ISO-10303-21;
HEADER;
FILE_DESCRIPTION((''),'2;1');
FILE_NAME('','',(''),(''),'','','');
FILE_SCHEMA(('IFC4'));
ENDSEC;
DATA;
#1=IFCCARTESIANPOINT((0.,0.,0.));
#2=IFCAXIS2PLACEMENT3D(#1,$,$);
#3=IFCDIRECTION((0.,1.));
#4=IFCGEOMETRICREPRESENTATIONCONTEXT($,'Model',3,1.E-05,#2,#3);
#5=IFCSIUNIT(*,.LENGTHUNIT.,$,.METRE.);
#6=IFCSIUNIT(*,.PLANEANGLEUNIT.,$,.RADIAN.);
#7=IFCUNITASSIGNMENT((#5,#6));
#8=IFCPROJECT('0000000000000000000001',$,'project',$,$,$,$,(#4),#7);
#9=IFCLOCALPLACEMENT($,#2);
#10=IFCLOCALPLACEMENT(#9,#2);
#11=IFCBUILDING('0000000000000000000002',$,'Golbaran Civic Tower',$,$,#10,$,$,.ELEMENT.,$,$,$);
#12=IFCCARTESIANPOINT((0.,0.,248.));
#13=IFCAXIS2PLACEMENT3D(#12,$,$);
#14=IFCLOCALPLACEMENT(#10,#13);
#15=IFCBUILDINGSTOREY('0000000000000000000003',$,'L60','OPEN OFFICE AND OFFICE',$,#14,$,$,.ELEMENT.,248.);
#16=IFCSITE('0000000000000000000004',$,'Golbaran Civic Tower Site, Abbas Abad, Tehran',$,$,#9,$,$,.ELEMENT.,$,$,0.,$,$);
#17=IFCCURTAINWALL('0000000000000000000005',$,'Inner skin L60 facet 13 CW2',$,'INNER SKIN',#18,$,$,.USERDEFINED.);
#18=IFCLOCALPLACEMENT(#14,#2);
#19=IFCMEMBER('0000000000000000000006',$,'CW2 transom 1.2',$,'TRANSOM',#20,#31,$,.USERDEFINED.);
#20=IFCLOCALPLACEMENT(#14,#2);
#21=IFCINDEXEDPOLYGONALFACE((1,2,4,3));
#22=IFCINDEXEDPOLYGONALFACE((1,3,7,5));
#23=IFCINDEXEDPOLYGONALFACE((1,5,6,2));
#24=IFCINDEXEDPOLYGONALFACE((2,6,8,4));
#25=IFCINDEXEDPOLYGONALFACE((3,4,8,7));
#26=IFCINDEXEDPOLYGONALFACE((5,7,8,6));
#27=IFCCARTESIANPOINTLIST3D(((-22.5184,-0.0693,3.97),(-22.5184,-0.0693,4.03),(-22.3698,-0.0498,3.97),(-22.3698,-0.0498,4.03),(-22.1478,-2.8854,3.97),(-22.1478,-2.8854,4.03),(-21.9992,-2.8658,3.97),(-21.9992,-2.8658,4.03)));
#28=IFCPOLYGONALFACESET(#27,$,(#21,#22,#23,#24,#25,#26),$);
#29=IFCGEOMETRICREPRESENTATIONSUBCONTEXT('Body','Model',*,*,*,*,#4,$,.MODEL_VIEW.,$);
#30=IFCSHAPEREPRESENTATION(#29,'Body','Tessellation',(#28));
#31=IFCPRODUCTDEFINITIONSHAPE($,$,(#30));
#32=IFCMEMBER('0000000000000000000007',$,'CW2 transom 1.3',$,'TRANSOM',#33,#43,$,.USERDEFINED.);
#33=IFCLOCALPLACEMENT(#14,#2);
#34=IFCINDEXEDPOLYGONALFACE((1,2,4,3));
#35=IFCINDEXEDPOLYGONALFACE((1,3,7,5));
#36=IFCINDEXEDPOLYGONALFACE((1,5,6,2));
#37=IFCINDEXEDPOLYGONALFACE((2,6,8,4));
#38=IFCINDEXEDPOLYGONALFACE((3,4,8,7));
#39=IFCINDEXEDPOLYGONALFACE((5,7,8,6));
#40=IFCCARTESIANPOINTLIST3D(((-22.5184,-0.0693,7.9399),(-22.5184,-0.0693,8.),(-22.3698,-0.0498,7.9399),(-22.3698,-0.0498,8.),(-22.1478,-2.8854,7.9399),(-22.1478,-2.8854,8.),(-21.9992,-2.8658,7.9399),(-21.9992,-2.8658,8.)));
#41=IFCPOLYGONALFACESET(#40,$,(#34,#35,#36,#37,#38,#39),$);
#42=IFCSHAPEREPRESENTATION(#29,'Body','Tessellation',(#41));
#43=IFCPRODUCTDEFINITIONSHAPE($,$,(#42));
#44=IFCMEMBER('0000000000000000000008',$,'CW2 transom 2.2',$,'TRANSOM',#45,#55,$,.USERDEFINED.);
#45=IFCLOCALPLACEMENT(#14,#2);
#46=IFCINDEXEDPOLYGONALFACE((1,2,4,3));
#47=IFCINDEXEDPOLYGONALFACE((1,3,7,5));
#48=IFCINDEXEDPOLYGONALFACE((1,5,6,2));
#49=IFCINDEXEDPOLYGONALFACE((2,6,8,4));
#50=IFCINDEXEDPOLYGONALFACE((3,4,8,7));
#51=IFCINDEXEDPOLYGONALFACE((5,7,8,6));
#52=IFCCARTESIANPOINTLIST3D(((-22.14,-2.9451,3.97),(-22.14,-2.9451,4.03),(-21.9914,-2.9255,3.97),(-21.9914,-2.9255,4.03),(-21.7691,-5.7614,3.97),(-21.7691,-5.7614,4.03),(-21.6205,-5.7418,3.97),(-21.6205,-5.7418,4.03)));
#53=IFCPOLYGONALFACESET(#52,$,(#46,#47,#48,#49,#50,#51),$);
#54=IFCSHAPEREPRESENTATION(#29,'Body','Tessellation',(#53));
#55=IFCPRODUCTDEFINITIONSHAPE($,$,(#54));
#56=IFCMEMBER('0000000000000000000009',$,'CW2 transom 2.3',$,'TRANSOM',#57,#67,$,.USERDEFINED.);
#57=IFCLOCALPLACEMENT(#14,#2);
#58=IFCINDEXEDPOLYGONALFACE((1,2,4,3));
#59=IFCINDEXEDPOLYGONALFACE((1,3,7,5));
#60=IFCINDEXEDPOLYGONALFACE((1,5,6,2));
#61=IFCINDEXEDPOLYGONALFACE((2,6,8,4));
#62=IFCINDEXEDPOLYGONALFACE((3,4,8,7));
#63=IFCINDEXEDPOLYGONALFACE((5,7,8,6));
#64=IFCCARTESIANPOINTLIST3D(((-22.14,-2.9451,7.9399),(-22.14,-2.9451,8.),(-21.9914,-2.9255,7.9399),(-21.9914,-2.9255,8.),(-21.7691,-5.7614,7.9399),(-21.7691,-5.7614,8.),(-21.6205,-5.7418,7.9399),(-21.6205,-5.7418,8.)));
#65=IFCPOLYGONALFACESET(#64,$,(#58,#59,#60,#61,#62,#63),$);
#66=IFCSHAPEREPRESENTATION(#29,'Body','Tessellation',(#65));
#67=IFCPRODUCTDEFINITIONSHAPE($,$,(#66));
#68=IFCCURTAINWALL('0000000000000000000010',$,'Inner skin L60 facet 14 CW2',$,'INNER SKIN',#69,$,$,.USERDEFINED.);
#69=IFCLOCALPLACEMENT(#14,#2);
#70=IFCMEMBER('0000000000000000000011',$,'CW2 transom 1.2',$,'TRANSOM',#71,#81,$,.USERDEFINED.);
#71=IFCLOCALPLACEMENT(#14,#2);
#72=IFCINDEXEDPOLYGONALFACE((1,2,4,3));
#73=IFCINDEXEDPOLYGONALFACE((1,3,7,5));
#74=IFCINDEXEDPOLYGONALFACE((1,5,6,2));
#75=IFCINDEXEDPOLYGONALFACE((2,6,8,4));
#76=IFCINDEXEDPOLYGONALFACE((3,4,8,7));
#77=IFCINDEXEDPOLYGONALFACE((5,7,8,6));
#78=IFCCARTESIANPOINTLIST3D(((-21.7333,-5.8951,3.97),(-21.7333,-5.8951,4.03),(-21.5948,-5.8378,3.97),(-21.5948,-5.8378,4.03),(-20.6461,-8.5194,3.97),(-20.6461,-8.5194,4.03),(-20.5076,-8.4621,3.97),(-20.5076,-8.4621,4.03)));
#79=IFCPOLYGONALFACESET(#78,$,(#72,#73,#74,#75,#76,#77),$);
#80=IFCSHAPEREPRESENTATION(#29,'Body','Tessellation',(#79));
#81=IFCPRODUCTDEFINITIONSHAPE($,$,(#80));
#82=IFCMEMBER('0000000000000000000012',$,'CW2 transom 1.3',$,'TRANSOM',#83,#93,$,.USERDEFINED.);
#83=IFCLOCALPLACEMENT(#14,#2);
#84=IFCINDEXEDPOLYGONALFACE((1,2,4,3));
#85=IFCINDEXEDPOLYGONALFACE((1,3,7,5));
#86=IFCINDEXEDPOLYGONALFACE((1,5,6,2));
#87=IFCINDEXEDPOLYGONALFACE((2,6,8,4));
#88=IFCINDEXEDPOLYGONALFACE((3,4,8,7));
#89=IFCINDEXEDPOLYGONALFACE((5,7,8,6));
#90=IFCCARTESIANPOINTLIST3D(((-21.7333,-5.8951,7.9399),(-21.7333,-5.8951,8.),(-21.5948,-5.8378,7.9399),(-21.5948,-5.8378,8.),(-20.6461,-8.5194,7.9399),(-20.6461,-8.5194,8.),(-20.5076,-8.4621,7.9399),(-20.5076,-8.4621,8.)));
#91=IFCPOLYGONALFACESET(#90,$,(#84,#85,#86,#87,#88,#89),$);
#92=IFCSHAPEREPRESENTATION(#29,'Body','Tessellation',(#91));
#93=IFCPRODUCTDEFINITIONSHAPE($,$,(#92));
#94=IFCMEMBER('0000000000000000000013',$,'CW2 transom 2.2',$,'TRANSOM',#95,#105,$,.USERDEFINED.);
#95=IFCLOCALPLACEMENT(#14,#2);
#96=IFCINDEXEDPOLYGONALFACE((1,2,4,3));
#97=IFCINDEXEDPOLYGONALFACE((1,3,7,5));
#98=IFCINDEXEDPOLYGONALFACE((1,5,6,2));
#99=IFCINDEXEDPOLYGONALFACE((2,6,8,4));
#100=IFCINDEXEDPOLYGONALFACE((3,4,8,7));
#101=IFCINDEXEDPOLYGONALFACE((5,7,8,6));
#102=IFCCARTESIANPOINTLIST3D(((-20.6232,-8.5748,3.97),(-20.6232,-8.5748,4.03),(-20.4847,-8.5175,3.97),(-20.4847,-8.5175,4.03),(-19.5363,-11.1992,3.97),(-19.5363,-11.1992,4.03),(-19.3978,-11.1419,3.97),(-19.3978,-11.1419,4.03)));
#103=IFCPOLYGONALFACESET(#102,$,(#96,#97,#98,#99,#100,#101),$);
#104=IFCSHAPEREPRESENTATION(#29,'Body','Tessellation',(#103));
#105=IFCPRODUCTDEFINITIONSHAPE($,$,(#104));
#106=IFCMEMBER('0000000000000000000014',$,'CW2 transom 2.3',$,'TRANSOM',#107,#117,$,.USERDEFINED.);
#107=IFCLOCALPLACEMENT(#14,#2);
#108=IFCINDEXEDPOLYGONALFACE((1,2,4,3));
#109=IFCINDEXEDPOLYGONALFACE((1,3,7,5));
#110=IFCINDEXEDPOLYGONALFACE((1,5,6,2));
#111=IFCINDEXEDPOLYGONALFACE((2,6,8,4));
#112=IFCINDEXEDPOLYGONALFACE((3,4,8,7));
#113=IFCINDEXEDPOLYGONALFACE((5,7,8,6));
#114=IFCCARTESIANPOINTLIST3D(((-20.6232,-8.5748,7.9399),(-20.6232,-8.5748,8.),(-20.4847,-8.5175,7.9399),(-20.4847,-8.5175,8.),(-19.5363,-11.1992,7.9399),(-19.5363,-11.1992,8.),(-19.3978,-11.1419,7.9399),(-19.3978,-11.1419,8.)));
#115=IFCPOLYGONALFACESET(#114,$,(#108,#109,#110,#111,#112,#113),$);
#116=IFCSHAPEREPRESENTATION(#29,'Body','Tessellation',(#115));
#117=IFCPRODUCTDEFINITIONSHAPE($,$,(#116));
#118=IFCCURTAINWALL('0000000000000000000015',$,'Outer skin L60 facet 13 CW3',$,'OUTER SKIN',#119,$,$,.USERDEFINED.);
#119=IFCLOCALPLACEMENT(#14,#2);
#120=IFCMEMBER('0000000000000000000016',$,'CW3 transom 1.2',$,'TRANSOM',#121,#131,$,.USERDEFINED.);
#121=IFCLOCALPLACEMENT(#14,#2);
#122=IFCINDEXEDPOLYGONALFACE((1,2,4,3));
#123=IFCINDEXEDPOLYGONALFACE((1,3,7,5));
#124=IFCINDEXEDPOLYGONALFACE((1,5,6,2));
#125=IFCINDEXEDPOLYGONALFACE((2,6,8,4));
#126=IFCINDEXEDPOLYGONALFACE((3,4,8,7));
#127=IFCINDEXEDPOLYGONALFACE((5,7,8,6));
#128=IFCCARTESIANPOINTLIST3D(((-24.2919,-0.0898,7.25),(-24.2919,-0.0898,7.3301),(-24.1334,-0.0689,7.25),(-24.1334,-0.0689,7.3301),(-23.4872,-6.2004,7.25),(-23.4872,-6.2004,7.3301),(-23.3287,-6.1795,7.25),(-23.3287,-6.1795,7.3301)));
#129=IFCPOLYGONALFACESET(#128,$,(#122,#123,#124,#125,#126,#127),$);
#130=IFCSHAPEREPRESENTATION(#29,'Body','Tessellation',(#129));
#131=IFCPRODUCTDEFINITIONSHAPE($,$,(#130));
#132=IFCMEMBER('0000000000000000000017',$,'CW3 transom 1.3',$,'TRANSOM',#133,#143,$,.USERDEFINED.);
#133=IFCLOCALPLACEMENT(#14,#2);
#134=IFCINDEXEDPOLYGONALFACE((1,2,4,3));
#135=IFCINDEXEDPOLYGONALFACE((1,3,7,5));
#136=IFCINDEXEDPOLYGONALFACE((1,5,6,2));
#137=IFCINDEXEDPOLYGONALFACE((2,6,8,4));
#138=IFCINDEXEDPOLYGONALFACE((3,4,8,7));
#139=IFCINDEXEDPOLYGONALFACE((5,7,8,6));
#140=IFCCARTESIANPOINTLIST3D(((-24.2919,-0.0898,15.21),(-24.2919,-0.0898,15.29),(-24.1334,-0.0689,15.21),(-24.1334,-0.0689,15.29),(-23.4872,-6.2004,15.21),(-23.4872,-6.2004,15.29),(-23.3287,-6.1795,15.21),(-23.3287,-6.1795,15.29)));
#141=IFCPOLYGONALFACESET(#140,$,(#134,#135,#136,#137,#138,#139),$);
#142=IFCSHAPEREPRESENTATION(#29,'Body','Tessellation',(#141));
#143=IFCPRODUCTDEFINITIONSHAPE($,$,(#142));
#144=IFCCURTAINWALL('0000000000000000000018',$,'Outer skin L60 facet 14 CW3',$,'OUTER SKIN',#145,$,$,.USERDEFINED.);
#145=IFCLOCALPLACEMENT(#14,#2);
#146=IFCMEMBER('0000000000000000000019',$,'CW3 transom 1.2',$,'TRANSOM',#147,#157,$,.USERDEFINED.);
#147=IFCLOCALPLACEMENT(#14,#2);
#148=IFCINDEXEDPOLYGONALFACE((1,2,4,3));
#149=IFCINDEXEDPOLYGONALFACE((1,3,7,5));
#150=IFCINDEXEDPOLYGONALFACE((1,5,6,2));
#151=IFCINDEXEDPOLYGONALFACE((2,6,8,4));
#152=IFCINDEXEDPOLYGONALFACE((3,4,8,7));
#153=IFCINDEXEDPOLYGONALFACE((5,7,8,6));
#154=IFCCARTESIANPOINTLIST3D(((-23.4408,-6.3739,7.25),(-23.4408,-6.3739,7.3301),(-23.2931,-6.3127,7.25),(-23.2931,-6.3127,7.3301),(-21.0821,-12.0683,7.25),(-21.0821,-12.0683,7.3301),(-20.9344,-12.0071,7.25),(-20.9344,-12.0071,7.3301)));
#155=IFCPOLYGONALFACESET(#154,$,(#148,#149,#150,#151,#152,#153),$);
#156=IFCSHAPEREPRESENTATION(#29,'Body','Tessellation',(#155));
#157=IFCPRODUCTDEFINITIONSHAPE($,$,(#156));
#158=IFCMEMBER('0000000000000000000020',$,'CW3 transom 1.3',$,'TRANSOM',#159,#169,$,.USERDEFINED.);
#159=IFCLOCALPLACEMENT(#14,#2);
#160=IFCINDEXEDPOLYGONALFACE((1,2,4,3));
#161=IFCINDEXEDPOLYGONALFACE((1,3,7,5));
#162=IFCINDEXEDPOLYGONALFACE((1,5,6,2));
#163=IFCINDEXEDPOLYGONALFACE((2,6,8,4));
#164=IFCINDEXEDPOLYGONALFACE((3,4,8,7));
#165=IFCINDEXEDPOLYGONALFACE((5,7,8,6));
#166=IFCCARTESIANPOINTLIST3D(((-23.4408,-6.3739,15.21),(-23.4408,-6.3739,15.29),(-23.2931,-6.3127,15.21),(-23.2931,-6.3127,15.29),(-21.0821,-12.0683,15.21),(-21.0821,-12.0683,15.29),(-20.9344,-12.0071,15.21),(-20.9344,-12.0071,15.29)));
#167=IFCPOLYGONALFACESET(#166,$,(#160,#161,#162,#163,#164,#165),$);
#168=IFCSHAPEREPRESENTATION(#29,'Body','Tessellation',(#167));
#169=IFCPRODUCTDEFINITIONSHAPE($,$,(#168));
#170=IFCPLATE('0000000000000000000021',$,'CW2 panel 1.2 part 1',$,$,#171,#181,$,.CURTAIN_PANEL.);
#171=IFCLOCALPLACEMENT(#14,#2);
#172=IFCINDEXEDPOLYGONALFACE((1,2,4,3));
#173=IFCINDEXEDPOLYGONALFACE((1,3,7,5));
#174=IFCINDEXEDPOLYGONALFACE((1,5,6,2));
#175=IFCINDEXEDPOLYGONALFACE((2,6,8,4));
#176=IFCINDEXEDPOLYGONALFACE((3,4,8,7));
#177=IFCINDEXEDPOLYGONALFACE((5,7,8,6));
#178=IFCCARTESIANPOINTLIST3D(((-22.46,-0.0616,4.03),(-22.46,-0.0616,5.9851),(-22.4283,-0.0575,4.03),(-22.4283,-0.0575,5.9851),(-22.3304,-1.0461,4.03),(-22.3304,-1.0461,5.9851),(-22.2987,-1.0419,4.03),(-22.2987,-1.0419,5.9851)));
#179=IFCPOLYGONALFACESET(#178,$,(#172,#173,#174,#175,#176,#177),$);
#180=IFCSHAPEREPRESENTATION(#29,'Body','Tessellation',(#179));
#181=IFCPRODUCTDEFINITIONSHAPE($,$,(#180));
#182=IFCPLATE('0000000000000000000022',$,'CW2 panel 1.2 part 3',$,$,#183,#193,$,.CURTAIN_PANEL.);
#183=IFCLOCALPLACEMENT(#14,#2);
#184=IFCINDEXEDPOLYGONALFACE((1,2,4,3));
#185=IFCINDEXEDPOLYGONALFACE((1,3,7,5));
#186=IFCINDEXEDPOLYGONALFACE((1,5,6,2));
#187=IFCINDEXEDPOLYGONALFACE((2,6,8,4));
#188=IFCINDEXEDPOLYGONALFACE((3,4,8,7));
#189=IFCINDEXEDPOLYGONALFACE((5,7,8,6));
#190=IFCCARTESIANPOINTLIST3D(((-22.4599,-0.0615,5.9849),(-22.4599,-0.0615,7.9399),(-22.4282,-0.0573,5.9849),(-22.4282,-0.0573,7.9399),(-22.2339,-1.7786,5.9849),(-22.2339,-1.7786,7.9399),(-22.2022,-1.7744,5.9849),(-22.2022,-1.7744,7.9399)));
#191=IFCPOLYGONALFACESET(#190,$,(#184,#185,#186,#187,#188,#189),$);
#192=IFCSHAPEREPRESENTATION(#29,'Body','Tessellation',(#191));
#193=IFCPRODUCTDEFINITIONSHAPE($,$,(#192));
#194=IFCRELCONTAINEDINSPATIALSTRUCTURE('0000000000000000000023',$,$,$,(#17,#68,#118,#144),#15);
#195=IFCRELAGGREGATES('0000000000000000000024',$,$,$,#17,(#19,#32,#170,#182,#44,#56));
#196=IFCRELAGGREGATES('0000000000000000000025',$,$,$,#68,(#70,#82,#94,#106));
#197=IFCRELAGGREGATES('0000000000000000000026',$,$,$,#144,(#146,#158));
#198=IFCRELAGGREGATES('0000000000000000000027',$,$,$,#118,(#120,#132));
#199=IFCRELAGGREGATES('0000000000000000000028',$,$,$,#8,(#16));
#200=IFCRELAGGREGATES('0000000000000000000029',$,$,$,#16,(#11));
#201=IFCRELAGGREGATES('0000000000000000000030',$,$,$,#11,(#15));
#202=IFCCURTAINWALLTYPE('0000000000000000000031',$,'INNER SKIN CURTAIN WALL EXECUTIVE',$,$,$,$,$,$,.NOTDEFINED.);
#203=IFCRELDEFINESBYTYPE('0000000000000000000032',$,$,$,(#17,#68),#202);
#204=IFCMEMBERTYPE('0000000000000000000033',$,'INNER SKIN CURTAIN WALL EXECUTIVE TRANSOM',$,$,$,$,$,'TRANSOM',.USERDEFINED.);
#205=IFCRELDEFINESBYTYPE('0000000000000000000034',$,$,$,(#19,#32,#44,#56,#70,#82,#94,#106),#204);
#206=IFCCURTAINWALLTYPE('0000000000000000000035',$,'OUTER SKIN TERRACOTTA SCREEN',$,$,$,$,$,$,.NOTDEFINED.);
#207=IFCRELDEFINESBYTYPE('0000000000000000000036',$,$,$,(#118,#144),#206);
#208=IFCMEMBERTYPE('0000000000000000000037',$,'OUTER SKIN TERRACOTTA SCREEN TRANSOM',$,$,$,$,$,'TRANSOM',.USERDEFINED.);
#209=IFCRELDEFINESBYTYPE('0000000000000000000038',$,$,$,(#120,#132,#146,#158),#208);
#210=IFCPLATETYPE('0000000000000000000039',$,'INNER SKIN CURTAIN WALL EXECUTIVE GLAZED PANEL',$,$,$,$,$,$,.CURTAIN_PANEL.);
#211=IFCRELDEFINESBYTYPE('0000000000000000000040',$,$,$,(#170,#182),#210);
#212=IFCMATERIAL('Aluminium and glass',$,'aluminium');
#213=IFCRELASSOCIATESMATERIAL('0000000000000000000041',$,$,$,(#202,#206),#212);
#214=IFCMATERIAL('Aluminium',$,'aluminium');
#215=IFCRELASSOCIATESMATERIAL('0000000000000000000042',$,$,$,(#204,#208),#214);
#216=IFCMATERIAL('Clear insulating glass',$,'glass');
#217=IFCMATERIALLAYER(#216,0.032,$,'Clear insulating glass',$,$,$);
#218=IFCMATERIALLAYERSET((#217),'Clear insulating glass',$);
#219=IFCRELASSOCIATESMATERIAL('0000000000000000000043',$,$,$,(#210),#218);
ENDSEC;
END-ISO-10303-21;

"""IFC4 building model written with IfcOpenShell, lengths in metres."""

from ifc_helpers import new_model, si_unit, direction, frame, origin, origin_2d, place, context, subcontext, project, spatial, rectangle, extrude, material, layer, layer_set, material_profile, profile_set, type_object, element, aggregate, save


model = new_model("IFC4")

# Units and contexts
model_context = context("Model", 3, precision=1e-05, world=origin(), true_north=direction((0.0, 1.0)))
body_context = subcontext(model_context, "Body", "Model", "MODEL_VIEW")
ifc_project = project(units=[si_unit("LENGTHUNIT", "METRE"), si_unit("PLANEANGLEUNIT", "RADIAN")], contexts=[model_context])

# Site, building, storey
site_placement = place(None, origin())
site = spatial("IfcSite", under=ifc_project, at=site_placement, Name="Golbaran Civic Tower Site, Abbas Abad, Tehran", CompositionType="ELEMENT", RefElevation=0.0)
building_placement = place(site_placement, origin())
building = spatial("IfcBuilding", under=site, at=building_placement, Name="Golbaran Civic Tower", CompositionType="ELEMENT")
storey_placement = place(building_placement, frame((0.0, 0.0, 248.0)))
storey = spatial("IfcBuildingStorey", under=building, at=storey_placement, Name="L60", Description="OPEN OFFICE AND OFFICE", CompositionType="ELEMENT", Elevation=248.0)

# Curtain walls, members
ifc_material_1 = material(Name="Aluminium and glass", Category="aluminium")
curtain_wall_type_1 = type_object("IfcCurtainWallType", Name="INNER SKIN CURTAIN WALL EXECUTIVE", PredefinedType="NOTDEFINED", material=ifc_material_1)
curtain_wall_1_placement = place(storey_placement, origin())
curtain_wall_1 = element("IfcCurtainWall", 1, at=curtain_wall_1_placement, inside=storey, type_object=curtain_wall_type_1, Name="Inner skin L60 facet 13 CW2", ObjectType="INNER SKIN", PredefinedType="USERDEFINED")
ifc_material_2 = material(Name="Aluminium", Category="aluminium")
ifc_material_profile_1 = material_profile(ifc_material_2, rectangle(XDim=0.1499, YDim=0.0601, at=origin_2d()), Name="INNER SKIN CURTAIN WALL EXECUTIVE TRANSOM")
ifc_profile_set_1 = profile_set([ifc_material_profile_1], Name="Aluminium")
member_type_1 = type_object("IfcMemberType", Name="INNER SKIN CURTAIN WALL EXECUTIVE TRANSOM", ElementType="TRANSOM", PredefinedType="USERDEFINED", material=ifc_profile_set_1)
member_1_placement = place(storey_placement, frame((-22.4441, -0.0596, 4.0), z_axis=(0.130475, -0.991452, 0.0), x_axis=(0.991452, 0.130475, 0.0)))
member_1 = element("IfcMember", 2, at=member_1_placement, type_object=member_type_1, Name="CW2 transom 1.2", ObjectType="TRANSOM", PredefinedType="USERDEFINED", context=body_context, shape_type="SweptSolid", body=[
    extrude(rectangle(XDim=0.1499, YDim=0.0601, at=origin_2d()), origin(), (0.0, 0.0, 1.0), 2.8403),
])
member_2_placement = place(storey_placement, frame((-22.4441, -0.0596, 7.97), z_axis=(0.130475, -0.991452, 0.0), x_axis=(0.991452, 0.130475, 0.0)))
member_2 = element("IfcMember", 3, at=member_2_placement, type_object=member_type_1, Name="CW2 transom 1.3", ObjectType="TRANSOM", PredefinedType="USERDEFINED", context=body_context, shape_type="SweptSolid", body=[
    extrude(rectangle(XDim=0.1499, YDim=0.0601, at=origin_2d()), origin(), (0.0, 0.0, 1.0), 2.8403),
])
member_3_placement = place(storey_placement, frame((-22.0657, -2.9353, 4.0), z_axis=(0.130559, -0.991441, 0.0), x_axis=(0.991441, 0.130559, 0.0)))
member_3 = element("IfcMember", 4, at=member_3_placement, type_object=member_type_1, Name="CW2 transom 2.2", ObjectType="TRANSOM", PredefinedType="USERDEFINED", context=body_context, shape_type="SweptSolid", body=[
    extrude(rectangle(XDim=0.1499, YDim=0.0601, at=origin_2d()), origin(), (0.0, 0.0, 1.0), 2.8406),
])
member_4_placement = place(storey_placement, frame((-22.0657, -2.9353, 7.97), z_axis=(0.130559, -0.991441, 0.0), x_axis=(0.991441, 0.130559, 0.0)))
member_4 = element("IfcMember", 5, at=member_4_placement, type_object=member_type_1, Name="CW2 transom 2.3", ObjectType="TRANSOM", PredefinedType="USERDEFINED", context=body_context, shape_type="SweptSolid", body=[
    extrude(rectangle(XDim=0.1499, YDim=0.0601, at=origin_2d()), origin(), (0.0, 0.0, 1.0), 2.8406),
])
curtain_wall_2_placement = place(storey_placement, origin())
curtain_wall_2 = element("IfcCurtainWall", 6, at=curtain_wall_2_placement, inside=storey, type_object=curtain_wall_type_1, Name="Inner skin L60 facet 14 CW2", ObjectType="INNER SKIN", PredefinedType="USERDEFINED")
member_5_placement = place(storey_placement, frame((-21.6641, -5.8665, 4.0), z_axis=(0.382729, -0.923861, 0.0), x_axis=(0.923861, 0.382729, 0.0)))
member_5 = element("IfcMember", 7, at=member_5_placement, type_object=member_type_1, Name="CW2 transom 1.2", ObjectType="TRANSOM", PredefinedType="USERDEFINED", context=body_context, shape_type="SweptSolid", body=[
    extrude(rectangle(XDim=0.1499, YDim=0.0601, at=origin_2d()), origin(), (0.0, 0.0, 1.0), 2.8406),
])
member_6_placement = place(storey_placement, frame((-21.6641, -5.8665, 7.97), z_axis=(0.382729, -0.923861, 0.0), x_axis=(0.923861, 0.382729, 0.0)))
member_6 = element("IfcMember", 8, at=member_6_placement, type_object=member_type_1, Name="CW2 transom 1.3", ObjectType="TRANSOM", PredefinedType="USERDEFINED", context=body_context, shape_type="SweptSolid", body=[
    extrude(rectangle(XDim=0.1499, YDim=0.0601, at=origin_2d()), origin(), (0.0, 0.0, 1.0), 2.8406),
])
member_7_placement = place(storey_placement, frame((-20.554, -8.5461, 4.0), z_axis=(0.382625, -0.923904, 0.0), x_axis=(0.923904, 0.382625, 0.0)))
member_7 = element("IfcMember", 9, at=member_7_placement, type_object=member_type_1, Name="CW2 transom 2.2", ObjectType="TRANSOM", PredefinedType="USERDEFINED", context=body_context, shape_type="SweptSolid", body=[
    extrude(rectangle(XDim=0.1499, YDim=0.0601, at=origin_2d()), origin(), (0.0, 0.0, 1.0), 2.8406),
])
member_8_placement = place(storey_placement, frame((-20.554, -8.5461, 7.97), z_axis=(0.382625, -0.923904, 0.0), x_axis=(0.923904, 0.382625, 0.0)))
member_8 = element("IfcMember", 10, at=member_8_placement, type_object=member_type_1, Name="CW2 transom 2.3", ObjectType="TRANSOM", PredefinedType="USERDEFINED", context=body_context, shape_type="SweptSolid", body=[
    extrude(rectangle(XDim=0.1499, YDim=0.0601, at=origin_2d()), origin(), (0.0, 0.0, 1.0), 2.8406),
])
curtain_wall_type_2 = type_object("IfcCurtainWallType", Name="OUTER SKIN TERRACOTTA SCREEN", PredefinedType="NOTDEFINED", material=ifc_material_1)
curtain_wall_3_placement = place(storey_placement, origin())
curtain_wall_3 = element("IfcCurtainWall", 11, at=curtain_wall_3_placement, inside=storey, type_object=curtain_wall_type_2, Name="Outer skin L60 facet 13 CW3", ObjectType="OUTER SKIN", PredefinedType="USERDEFINED")
ifc_material_profile_2 = material_profile(ifc_material_2, rectangle(XDim=0.1599, YDim=0.0801, at=origin_2d()), Name="OUTER SKIN TERRACOTTA SCREEN TRANSOM")
ifc_profile_set_2 = profile_set([ifc_material_profile_2], Name="Aluminium")
member_type_2 = type_object("IfcMemberType", Name="OUTER SKIN TERRACOTTA SCREEN TRANSOM", ElementType="TRANSOM", PredefinedType="USERDEFINED", material=ifc_profile_set_2)
member_9_placement = place(storey_placement, frame((-24.2126, -0.0793, 7.29), z_axis=(0.13056, -0.99144, 0.0), x_axis=(0.99144, 0.13056, 0.0)))
member_9 = element("IfcMember", 12, at=member_9_placement, type_object=member_type_2, Name="CW3 transom 1.2", ObjectType="TRANSOM", PredefinedType="USERDEFINED", context=body_context, shape_type="SweptSolid", body=[
    extrude(rectangle(XDim=0.1599, YDim=0.0801, at=origin_2d()), origin(), (0.0, 0.0, 1.0), 6.1633),
])
member_10_placement = place(storey_placement, frame((-24.2126, -0.0793, 15.25), z_axis=(0.13056, -0.99144, 0.0), x_axis=(0.99144, 0.13056, 0.0)))
member_10 = element("IfcMember", 13, at=member_10_placement, type_object=member_type_2, Name="CW3 transom 1.3", ObjectType="TRANSOM", PredefinedType="USERDEFINED", context=body_context, shape_type="SweptSolid", body=[
    extrude(rectangle(XDim=0.1599, YDim=0.0801, at=origin_2d()), origin(), (0.0, 0.0, 1.0), 6.1633),
])
curtain_wall_4_placement = place(storey_placement, origin())
curtain_wall_4 = element("IfcCurtainWall", 14, at=curtain_wall_4_placement, inside=storey, type_object=curtain_wall_type_2, Name="Outer skin L60 facet 14 CW3", ObjectType="OUTER SKIN", PredefinedType="USERDEFINED")
member_11_placement = place(storey_placement, frame((-23.3669, -6.3433, 7.29), z_axis=(0.382679, -0.923881, 0.0), x_axis=(0.923881, 0.382679, 0.0)))
member_11 = element("IfcMember", 15, at=member_11_placement, type_object=member_type_2, Name="CW3 transom 1.2", ObjectType="TRANSOM", PredefinedType="USERDEFINED", context=body_context, shape_type="SweptSolid", body=[
    extrude(rectangle(XDim=0.1599, YDim=0.0801, at=origin_2d()), origin(), (0.0, 0.0, 1.0), 6.1636),
])
member_12_placement = place(storey_placement, frame((-23.3669, -6.3433, 15.25), z_axis=(0.382679, -0.923881, 0.0), x_axis=(0.923881, 0.382679, 0.0)))
member_12 = element("IfcMember", 16, at=member_12_placement, type_object=member_type_2, Name="CW3 transom 1.3", ObjectType="TRANSOM", PredefinedType="USERDEFINED", context=body_context, shape_type="SweptSolid", body=[
    extrude(rectangle(XDim=0.1599, YDim=0.0801, at=origin_2d()), origin(), (0.0, 0.0, 1.0), 6.1636),
])

# Plates
ifc_material_3 = material(Name="Clear insulating glass", Category="glass")
ifc_layer_1 = layer(ifc_material_3, 0.032, Name="Clear insulating glass")
ifc_layer_set_1 = layer_set([ifc_layer_1], Name="Clear insulating glass")
plate_type_1 = type_object("IfcPlateType", Name="INNER SKIN CURTAIN WALL EXECUTIVE GLAZED PANEL", PredefinedType="CURTAIN_PANEL", material=ifc_layer_set_1)
plate_1_placement = place(storey_placement, frame((-22.3794, -0.5518, 4.03), z_axis=(0.0, 0.0, 1.0), x_axis=(0.130526, -0.991445, 0.0)))
plate_1 = element("IfcPlate", 17, at=plate_1_placement, type_object=plate_type_1, Name="CW2 panel 1.2 part 1", PredefinedType="CURTAIN_PANEL", context=body_context, shape_type="SweptSolid", body=[
    extrude(rectangle(XDim=0.9929, YDim=0.032, at=origin_2d()), origin(), (0.0, 0.0, 1.0), 1.9551),
])
plate_2_placement = place(storey_placement, frame((-22.3311, -0.918, 5.9849), z_axis=(0.0, 0.0, 1.0), x_axis=(0.130526, -0.991445, 0.0)))
plate_2 = element("IfcPlate", 18, at=plate_2_placement, type_object=plate_type_1, Name="CW2 panel 1.2 part 3", PredefinedType="CURTAIN_PANEL", context=body_context, shape_type="SweptSolid", body=[
    extrude(rectangle(XDim=1.7319, YDim=0.032, at=origin_2d()), origin(), (0.0, 0.0, 1.0), 1.9551),
])
aggregate(curtain_wall_1, [member_1, member_2, plate_1, plate_2, member_3, member_4])
aggregate(curtain_wall_2, [member_5, member_6, member_7, member_8])
aggregate(curtain_wall_4, [member_11, member_12])
aggregate(curtain_wall_3, [member_9, member_10])

save(model, "model.ifc")
